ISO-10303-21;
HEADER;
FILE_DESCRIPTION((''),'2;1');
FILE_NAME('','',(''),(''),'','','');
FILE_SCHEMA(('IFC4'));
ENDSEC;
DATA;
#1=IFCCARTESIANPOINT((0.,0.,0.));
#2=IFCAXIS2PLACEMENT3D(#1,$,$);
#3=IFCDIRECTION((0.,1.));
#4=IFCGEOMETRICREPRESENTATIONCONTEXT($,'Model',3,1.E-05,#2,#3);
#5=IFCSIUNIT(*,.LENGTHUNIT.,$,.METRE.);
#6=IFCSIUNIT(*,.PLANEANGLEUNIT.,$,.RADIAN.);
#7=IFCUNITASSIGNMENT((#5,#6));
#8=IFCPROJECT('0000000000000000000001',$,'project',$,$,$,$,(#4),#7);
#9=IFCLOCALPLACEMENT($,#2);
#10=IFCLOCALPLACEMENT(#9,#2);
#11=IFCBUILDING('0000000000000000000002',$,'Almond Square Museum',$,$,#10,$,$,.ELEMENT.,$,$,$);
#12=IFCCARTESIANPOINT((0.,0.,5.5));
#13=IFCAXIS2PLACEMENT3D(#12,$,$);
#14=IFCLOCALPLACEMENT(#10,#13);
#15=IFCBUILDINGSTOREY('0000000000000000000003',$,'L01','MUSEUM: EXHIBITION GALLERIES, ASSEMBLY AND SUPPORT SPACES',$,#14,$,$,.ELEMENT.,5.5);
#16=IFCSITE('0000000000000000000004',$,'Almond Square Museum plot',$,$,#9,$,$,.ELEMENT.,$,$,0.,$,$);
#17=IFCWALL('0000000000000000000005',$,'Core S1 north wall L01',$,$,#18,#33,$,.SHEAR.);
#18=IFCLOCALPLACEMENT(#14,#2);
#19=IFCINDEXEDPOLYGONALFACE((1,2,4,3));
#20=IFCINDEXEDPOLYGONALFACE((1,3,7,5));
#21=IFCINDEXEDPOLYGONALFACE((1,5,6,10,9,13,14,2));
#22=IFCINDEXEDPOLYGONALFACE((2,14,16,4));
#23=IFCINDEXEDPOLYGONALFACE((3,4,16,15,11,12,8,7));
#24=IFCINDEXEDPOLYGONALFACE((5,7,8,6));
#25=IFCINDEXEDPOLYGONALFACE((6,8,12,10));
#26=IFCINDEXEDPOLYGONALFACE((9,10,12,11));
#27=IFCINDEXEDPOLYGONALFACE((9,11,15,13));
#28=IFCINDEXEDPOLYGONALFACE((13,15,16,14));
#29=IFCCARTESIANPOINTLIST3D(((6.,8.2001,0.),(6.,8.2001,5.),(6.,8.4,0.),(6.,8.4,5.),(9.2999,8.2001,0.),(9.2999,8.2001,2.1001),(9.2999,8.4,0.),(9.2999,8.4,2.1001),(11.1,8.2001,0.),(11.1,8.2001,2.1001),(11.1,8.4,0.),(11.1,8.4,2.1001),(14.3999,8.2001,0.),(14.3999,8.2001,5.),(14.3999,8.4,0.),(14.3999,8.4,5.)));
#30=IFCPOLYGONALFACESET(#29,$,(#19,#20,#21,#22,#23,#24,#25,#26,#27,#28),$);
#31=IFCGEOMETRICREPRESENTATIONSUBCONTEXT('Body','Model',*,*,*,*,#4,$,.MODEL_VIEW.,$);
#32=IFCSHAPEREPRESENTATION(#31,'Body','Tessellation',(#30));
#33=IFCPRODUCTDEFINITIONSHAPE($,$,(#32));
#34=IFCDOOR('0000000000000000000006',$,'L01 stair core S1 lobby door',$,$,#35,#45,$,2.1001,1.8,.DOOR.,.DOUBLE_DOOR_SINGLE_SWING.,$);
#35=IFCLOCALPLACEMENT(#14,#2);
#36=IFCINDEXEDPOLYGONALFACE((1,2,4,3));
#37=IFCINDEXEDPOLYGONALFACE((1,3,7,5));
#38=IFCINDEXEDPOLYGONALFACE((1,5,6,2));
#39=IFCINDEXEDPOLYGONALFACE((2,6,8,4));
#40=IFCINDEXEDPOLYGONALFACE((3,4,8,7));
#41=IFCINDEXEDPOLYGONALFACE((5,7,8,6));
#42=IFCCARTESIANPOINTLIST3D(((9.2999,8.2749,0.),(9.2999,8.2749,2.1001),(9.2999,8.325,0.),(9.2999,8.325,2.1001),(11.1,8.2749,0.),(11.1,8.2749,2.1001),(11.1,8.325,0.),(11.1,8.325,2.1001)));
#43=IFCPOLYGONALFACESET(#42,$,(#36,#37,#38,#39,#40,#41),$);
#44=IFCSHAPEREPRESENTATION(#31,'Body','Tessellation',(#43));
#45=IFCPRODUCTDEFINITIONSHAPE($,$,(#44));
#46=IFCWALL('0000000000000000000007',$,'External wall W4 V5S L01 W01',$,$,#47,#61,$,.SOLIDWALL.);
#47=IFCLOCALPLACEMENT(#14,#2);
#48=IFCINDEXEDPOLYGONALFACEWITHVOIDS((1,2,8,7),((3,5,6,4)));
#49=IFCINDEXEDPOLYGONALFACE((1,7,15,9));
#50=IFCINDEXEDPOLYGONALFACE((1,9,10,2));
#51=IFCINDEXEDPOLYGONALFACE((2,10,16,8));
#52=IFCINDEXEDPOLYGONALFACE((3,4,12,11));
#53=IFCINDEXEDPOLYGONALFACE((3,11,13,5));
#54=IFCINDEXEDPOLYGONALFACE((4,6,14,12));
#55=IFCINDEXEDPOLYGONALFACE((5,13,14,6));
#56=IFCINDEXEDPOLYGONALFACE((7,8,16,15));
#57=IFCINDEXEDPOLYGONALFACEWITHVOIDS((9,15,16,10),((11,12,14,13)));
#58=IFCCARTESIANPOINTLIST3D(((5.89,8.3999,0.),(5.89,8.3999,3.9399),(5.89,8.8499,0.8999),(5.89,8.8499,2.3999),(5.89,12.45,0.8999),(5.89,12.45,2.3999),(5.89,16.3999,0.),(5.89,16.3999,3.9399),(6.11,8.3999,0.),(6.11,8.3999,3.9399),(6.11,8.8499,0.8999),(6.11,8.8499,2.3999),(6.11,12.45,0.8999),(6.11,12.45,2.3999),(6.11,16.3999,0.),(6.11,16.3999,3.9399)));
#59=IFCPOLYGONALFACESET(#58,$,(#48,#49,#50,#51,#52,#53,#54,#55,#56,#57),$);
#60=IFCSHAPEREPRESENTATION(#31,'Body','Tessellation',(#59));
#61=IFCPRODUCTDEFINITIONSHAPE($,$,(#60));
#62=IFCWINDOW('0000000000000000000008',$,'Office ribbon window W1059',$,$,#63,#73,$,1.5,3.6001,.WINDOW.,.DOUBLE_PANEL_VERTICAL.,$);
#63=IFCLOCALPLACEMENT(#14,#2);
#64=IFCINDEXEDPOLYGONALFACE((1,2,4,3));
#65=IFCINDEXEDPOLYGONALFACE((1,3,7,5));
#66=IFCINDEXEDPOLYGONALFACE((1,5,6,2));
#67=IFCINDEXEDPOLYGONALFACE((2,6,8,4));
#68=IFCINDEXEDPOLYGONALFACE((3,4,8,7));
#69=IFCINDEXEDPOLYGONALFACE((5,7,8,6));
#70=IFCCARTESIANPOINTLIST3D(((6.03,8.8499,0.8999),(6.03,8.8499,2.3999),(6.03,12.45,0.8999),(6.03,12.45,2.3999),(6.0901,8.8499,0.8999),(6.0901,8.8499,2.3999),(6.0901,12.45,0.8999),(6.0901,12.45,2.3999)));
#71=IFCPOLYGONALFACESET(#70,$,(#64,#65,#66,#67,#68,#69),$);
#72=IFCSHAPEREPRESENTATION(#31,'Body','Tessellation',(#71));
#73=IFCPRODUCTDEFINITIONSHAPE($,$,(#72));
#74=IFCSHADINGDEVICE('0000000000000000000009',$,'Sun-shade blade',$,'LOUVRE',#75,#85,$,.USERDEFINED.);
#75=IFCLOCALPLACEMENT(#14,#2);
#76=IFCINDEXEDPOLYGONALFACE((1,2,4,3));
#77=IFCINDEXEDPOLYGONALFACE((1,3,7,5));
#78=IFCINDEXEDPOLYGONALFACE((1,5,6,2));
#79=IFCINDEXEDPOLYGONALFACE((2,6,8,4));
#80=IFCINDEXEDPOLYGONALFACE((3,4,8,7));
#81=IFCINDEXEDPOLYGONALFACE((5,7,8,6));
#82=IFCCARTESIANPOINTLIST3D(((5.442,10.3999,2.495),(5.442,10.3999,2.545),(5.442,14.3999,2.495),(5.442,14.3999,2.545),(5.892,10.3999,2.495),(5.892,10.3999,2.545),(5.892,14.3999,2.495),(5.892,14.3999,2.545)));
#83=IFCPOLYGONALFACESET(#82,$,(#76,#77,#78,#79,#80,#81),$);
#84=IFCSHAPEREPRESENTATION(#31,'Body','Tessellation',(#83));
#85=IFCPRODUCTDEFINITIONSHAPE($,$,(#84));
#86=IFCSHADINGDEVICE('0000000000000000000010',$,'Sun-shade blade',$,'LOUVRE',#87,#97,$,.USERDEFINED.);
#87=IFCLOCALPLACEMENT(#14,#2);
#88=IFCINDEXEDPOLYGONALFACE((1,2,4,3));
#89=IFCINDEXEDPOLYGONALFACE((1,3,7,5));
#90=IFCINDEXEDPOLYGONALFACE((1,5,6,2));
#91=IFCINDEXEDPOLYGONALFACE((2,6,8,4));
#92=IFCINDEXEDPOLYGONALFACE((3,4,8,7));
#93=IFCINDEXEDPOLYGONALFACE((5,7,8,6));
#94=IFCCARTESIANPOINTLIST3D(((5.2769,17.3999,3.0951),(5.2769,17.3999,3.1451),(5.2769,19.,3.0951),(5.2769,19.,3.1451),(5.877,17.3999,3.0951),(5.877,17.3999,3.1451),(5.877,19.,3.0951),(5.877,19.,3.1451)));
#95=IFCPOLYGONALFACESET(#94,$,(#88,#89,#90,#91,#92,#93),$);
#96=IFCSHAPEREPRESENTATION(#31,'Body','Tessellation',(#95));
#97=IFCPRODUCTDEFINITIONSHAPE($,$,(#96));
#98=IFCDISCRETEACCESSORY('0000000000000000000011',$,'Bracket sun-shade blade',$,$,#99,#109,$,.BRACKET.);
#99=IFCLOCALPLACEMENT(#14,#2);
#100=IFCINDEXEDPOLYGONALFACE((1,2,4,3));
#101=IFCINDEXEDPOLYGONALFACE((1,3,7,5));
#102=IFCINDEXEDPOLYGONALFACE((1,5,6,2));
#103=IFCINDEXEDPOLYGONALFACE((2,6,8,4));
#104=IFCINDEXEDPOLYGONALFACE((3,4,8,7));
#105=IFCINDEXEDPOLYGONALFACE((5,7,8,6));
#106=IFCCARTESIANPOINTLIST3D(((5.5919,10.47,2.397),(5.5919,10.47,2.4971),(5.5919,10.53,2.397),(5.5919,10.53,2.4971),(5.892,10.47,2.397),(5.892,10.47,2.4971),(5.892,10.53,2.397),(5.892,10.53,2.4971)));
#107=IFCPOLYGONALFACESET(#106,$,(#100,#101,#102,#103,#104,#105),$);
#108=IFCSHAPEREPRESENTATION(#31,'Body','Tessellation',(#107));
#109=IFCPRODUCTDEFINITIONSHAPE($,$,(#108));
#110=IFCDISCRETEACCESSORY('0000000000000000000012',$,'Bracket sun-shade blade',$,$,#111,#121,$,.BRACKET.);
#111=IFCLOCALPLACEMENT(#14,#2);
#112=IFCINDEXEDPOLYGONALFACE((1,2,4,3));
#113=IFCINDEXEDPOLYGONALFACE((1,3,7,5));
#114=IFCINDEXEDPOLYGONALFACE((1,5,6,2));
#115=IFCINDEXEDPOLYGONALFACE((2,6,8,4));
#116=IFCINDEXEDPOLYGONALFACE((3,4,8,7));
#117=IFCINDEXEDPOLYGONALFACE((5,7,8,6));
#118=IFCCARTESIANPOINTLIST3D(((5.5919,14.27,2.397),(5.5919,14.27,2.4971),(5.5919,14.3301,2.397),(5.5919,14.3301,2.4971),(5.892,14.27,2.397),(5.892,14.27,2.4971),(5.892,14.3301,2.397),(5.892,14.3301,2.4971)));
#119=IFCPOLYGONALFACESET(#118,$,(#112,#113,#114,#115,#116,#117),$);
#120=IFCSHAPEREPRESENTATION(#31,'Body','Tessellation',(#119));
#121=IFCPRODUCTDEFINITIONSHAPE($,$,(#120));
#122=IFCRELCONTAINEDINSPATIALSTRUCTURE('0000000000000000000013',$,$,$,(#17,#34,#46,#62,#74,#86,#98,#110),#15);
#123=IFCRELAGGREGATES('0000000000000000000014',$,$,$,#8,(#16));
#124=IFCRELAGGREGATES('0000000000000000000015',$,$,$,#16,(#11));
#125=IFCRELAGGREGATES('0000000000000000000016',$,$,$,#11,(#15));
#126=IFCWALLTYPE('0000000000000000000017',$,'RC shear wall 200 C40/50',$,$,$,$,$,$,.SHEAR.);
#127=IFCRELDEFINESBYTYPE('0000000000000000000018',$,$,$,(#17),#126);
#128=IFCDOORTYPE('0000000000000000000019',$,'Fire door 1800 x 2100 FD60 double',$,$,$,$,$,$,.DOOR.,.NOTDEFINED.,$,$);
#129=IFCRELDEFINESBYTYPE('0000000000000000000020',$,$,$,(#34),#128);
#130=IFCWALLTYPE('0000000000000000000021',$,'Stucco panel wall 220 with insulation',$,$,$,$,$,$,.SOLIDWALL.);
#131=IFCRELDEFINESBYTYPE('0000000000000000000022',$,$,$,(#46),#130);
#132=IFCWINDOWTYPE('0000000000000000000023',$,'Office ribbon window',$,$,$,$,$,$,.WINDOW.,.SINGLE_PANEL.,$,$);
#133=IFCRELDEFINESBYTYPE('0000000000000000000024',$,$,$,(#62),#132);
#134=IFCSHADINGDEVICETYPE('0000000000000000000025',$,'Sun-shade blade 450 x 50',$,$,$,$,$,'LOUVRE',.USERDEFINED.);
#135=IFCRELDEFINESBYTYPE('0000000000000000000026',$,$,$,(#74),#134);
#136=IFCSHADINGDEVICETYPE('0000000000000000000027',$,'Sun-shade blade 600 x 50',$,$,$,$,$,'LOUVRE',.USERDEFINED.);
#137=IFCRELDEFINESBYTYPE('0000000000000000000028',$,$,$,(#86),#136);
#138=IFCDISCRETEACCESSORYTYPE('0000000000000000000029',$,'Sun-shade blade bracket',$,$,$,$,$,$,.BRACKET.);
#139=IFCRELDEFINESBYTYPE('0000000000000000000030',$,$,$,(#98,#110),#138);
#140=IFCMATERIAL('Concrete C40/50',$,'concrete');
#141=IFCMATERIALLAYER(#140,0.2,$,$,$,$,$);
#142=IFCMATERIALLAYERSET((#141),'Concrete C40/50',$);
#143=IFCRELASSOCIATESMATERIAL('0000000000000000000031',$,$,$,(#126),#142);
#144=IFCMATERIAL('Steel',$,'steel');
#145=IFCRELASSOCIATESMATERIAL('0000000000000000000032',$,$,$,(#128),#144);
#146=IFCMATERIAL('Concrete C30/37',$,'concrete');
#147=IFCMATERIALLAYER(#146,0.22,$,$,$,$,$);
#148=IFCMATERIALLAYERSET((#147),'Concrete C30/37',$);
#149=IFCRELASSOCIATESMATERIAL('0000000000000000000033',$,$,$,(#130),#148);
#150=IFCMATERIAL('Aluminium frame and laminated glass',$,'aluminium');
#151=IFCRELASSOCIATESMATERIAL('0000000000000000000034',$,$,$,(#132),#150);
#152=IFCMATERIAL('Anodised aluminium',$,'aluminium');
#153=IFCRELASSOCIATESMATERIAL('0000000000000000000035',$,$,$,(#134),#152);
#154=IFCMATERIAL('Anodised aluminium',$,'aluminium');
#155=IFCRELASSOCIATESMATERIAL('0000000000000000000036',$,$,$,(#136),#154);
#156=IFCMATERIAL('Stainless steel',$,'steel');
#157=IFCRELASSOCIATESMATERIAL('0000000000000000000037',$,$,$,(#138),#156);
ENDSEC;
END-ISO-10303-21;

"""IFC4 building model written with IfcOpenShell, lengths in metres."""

from ifc_helpers import new_model, si_unit, direction, frame, frame_2d, origin, origin_2d, place, context, subcontext, project, spatial, rectangle, extrude, material, layer, layer_set, material_profile, profile_set, type_object, element, fill, save


model = new_model("IFC4")

# Units and contexts
model_context = context("Model", 3, precision=1e-05, world=origin(), true_north=direction((0.0, 1.0)))
body_context = subcontext(model_context, "Body", "Model", "MODEL_VIEW")
ifc_project = project(units=[si_unit("LENGTHUNIT", "METRE"), si_unit("PLANEANGLEUNIT", "RADIAN")], contexts=[model_context])

# Site, building, storey
site_placement = place(None, origin())
site = spatial("IfcSite", under=ifc_project, at=site_placement, Name="Almond Square Museum plot", CompositionType="ELEMENT", RefElevation=0.0)
building_placement = place(site_placement, origin())
building = spatial("IfcBuilding", under=site, at=building_placement, Name="Almond Square Museum", CompositionType="ELEMENT")
storey_placement = place(building_placement, frame((0.0, 0.0, 5.5)))
storey = spatial("IfcBuildingStorey", under=building, at=storey_placement, Name="L01", Description="MUSEUM: EXHIBITION GALLERIES, ASSEMBLY AND SUPPORT SPACES", CompositionType="ELEMENT", Elevation=5.5)

# Shared definitions
ifc_material_1 = material(Name="Concrete C40/50", Category="concrete")
ifc_layer_1 = layer(ifc_material_1, 0.2)
ifc_layer_set_1 = layer_set([ifc_layer_1], Name="Concrete C40/50")
wall_type_1 = type_object("IfcWallType", Name="RC shear wall 200 C40/50", PredefinedType="SHEAR", material=ifc_layer_set_1)

# Wall, opening, door
wall_1_placement = place(storey_placement, frame((6.0, 8.3, 0.0), z_axis=(0.0, 0.0, 1.0), x_axis=(1.0, 0.0, 0.0)))
wall_1 = element("IfcWall", 1, at=wall_1_placement, inside=storey, type_object=wall_type_1, Name="Core S1 north wall L01", PredefinedType="SHEAR", context=body_context, shape_type="SweptSolid", body=[
    extrude(rectangle(XDim=8.3999, YDim=0.2, at=frame_2d((4.2, 0.0))), origin(), (0.0, 0.0, 1.0), 5.0),
])
opening_1_placement = place(wall_1_placement, frame((3.3, 0.0, 0.0)))
opening_1 = element("IfcOpeningElement", 2, at=opening_1_placement, cuts=wall_1, PredefinedType="OPENING", context=body_context, shape_type="SweptSolid", body=[
    extrude(rectangle(XDim=1.8, YDim=2.1001, at=frame_2d((0.8999, 1.05))), frame((0.0, 0.1099, 0.0), z_axis=(0.0, -1.0, 0.0), x_axis=(1.0, 0.0, 0.0)), (0.0, 0.0, 1.0), 0.22),
])
ifc_material_2 = material(Name="Steel", Category="steel")
door_type_1 = type_object("IfcDoorType", Name="Fire door 1800 x 2100 FD60 double", OperationType="NOTDEFINED", PredefinedType="DOOR", material=ifc_material_2)
door_1_placement = place(opening_1_placement, origin())
door_1 = element("IfcDoor", 3, at=door_1_placement, inside=storey, type_object=door_type_1, Name="L01 stair core S1 lobby door", OperationType="DOUBLE_DOOR_SINGLE_SWING", OverallHeight=2.1001, OverallWidth=1.8, PredefinedType="DOOR", context=body_context, shape_type="SweptSolid", body=[
    extrude(rectangle(XDim=1.8, YDim=2.1001, at=frame_2d((0.8999, 1.05))), frame((0.0, 0.0249, 0.0), z_axis=(0.0, -1.0, 0.0), x_axis=(1.0, 0.0, 0.0)), (0.0, 0.0, 1.0), 0.05),
])
fill(opening_1, door_1)

# Wall, opening, window
ifc_material_3 = material(Name="Concrete C30/37", Category="concrete")
ifc_layer_2 = layer(ifc_material_3, 0.22)
ifc_layer_set_2 = layer_set([ifc_layer_2], Name="Concrete C30/37")
wall_type_2 = type_object("IfcWallType", Name="Stucco panel wall 220 with insulation", PredefinedType="SOLIDWALL", material=ifc_layer_set_2)
wall_2_placement = place(storey_placement, frame((6.0, 8.3999, 0.0), z_axis=(0.0, 0.0, 1.0), x_axis=(0.0, 1.0, 0.0)))
wall_2 = element("IfcWall", 4, at=wall_2_placement, inside=storey, type_object=wall_type_2, Name="External wall W4 V5S L01 W01", PredefinedType="SOLIDWALL", context=body_context, shape_type="SweptSolid", body=[
    extrude(rectangle(XDim=8.0, YDim=0.22, at=frame_2d((4.0, 0.0))), origin(), (0.0, 0.0, 1.0), 3.9399),
])
opening_2_placement = place(wall_2_placement, frame((0.45, 0.0, 0.8999)))
opening_2 = element("IfcOpeningElement", 5, at=opening_2_placement, cuts=wall_2, PredefinedType="OPENING", context=body_context, shape_type="SweptSolid", body=[
    extrude(rectangle(XDim=3.6001, YDim=1.5, at=frame_2d((1.8, 0.75))), frame((0.0, 0.1199, 0.0), z_axis=(0.0, -1.0, 0.0), x_axis=(1.0, 0.0, 0.0)), (0.0, 0.0, 1.0), 0.24),
])
ifc_material_4 = material(Name="Aluminium frame and laminated glass", Category="aluminium")
window_type_1 = type_object("IfcWindowType", Name="Office ribbon window", PartitioningType="SINGLE_PANEL", PredefinedType="WINDOW", material=ifc_material_4)
window_1_placement = place(opening_2_placement, origin())
window_1 = element("IfcWindow", 6, at=window_1_placement, inside=storey, type_object=window_type_1, Name="Office ribbon window W1059", OverallHeight=1.5, OverallWidth=3.6001, PartitioningType="DOUBLE_PANEL_VERTICAL", PredefinedType="WINDOW", context=body_context, shape_type="SweptSolid", body=[
    extrude(rectangle(XDim=3.6001, YDim=1.5, at=frame_2d((1.8, 0.75))), frame((0.0, -0.03, 0.0), z_axis=(0.0, -1.0, 0.0), x_axis=(1.0, 0.0, 0.0)), (0.0, 0.0, 1.0), 0.0601),
])
fill(opening_2, window_1)

# Shading devices
ifc_material_5 = material(Name="Anodised aluminium", Category="aluminium")
ifc_material_profile_1 = material_profile(ifc_material_5, rectangle(XDim=0.45, YDim=0.05, at=origin_2d()))
ifc_profile_set_1 = profile_set([ifc_material_profile_1], Name="Anodised aluminium")
shading_device_type_1 = type_object("IfcShadingDeviceType", Name="Sun-shade blade 450 x 50", ElementType="LOUVRE", PredefinedType="USERDEFINED", material=ifc_profile_set_1)
shading_device_1_placement = place(storey_placement, frame((5.667, 10.3999, 2.52), z_axis=(0.0, 1.0, 0.0), x_axis=(-1.0, 0.0, 0.0)))
element("IfcShadingDevice", 7, at=shading_device_1_placement, inside=storey, type_object=shading_device_type_1, Name="Sun-shade blade", ObjectType="LOUVRE", PredefinedType="USERDEFINED", context=body_context, shape_type="SweptSolid", body=[
    extrude(rectangle(XDim=0.45, YDim=0.05, at=origin_2d()), origin(), (0.0, 0.0, 1.0), 4.0),
])
ifc_material_6 = material(Name="Anodised aluminium", Category="aluminium")
ifc_material_profile_2 = material_profile(ifc_material_6, rectangle(XDim=0.6001, YDim=0.05, at=origin_2d()))
ifc_profile_set_2 = profile_set([ifc_material_profile_2], Name="Anodised aluminium")
shading_device_type_2 = type_object("IfcShadingDeviceType", Name="Sun-shade blade 600 x 50", ElementType="LOUVRE", PredefinedType="USERDEFINED", material=ifc_profile_set_2)
shading_device_2_placement = place(storey_placement, frame((5.5769, 17.3999, 3.1201), z_axis=(0.0, 1.0, 0.0), x_axis=(-1.0, 0.0, 0.0)))
element("IfcShadingDevice", 8, at=shading_device_2_placement, inside=storey, type_object=shading_device_type_2, Name="Sun-shade blade", ObjectType="LOUVRE", PredefinedType="USERDEFINED", context=body_context, shape_type="SweptSolid", body=[
    extrude(rectangle(XDim=0.6001, YDim=0.05, at=origin_2d()), origin(), (0.0, 0.0, 1.0), 1.6001),
])

# Discrete accessories
ifc_material_7 = material(Name="Stainless steel", Category="steel")
discrete_accessory_type = type_object("IfcDiscreteAccessoryType", Name="Sun-shade blade bracket", PredefinedType="BRACKET", material=ifc_material_7)
for number, where, z_axis, x_axis, name in (
    (9, (5.7419, 10.5, 2.397), (0.0, 0.0, 1.0), (1.0, 0.0, 0.0), "Bracket sun-shade blade"),
    (10, (5.7419, 14.3, 2.397), (0.0, 0.0, 1.0), (1.0, 0.0, 0.0), "Bracket sun-shade blade"),
):
    element("IfcDiscreteAccessory", number, at=place(storey_placement, frame(where, z_axis=z_axis, x_axis=x_axis)), inside=storey, type_object=discrete_accessory_type, Name=name, PredefinedType="BRACKET", context=body_context, shape_type="SweptSolid", body=[
        extrude(rectangle(XDim=0.3, YDim=0.0601, at=origin_2d()), origin(), (0.0, 0.0, 1.0), 0.1001),
    ])

save(model, "model.ifc")
